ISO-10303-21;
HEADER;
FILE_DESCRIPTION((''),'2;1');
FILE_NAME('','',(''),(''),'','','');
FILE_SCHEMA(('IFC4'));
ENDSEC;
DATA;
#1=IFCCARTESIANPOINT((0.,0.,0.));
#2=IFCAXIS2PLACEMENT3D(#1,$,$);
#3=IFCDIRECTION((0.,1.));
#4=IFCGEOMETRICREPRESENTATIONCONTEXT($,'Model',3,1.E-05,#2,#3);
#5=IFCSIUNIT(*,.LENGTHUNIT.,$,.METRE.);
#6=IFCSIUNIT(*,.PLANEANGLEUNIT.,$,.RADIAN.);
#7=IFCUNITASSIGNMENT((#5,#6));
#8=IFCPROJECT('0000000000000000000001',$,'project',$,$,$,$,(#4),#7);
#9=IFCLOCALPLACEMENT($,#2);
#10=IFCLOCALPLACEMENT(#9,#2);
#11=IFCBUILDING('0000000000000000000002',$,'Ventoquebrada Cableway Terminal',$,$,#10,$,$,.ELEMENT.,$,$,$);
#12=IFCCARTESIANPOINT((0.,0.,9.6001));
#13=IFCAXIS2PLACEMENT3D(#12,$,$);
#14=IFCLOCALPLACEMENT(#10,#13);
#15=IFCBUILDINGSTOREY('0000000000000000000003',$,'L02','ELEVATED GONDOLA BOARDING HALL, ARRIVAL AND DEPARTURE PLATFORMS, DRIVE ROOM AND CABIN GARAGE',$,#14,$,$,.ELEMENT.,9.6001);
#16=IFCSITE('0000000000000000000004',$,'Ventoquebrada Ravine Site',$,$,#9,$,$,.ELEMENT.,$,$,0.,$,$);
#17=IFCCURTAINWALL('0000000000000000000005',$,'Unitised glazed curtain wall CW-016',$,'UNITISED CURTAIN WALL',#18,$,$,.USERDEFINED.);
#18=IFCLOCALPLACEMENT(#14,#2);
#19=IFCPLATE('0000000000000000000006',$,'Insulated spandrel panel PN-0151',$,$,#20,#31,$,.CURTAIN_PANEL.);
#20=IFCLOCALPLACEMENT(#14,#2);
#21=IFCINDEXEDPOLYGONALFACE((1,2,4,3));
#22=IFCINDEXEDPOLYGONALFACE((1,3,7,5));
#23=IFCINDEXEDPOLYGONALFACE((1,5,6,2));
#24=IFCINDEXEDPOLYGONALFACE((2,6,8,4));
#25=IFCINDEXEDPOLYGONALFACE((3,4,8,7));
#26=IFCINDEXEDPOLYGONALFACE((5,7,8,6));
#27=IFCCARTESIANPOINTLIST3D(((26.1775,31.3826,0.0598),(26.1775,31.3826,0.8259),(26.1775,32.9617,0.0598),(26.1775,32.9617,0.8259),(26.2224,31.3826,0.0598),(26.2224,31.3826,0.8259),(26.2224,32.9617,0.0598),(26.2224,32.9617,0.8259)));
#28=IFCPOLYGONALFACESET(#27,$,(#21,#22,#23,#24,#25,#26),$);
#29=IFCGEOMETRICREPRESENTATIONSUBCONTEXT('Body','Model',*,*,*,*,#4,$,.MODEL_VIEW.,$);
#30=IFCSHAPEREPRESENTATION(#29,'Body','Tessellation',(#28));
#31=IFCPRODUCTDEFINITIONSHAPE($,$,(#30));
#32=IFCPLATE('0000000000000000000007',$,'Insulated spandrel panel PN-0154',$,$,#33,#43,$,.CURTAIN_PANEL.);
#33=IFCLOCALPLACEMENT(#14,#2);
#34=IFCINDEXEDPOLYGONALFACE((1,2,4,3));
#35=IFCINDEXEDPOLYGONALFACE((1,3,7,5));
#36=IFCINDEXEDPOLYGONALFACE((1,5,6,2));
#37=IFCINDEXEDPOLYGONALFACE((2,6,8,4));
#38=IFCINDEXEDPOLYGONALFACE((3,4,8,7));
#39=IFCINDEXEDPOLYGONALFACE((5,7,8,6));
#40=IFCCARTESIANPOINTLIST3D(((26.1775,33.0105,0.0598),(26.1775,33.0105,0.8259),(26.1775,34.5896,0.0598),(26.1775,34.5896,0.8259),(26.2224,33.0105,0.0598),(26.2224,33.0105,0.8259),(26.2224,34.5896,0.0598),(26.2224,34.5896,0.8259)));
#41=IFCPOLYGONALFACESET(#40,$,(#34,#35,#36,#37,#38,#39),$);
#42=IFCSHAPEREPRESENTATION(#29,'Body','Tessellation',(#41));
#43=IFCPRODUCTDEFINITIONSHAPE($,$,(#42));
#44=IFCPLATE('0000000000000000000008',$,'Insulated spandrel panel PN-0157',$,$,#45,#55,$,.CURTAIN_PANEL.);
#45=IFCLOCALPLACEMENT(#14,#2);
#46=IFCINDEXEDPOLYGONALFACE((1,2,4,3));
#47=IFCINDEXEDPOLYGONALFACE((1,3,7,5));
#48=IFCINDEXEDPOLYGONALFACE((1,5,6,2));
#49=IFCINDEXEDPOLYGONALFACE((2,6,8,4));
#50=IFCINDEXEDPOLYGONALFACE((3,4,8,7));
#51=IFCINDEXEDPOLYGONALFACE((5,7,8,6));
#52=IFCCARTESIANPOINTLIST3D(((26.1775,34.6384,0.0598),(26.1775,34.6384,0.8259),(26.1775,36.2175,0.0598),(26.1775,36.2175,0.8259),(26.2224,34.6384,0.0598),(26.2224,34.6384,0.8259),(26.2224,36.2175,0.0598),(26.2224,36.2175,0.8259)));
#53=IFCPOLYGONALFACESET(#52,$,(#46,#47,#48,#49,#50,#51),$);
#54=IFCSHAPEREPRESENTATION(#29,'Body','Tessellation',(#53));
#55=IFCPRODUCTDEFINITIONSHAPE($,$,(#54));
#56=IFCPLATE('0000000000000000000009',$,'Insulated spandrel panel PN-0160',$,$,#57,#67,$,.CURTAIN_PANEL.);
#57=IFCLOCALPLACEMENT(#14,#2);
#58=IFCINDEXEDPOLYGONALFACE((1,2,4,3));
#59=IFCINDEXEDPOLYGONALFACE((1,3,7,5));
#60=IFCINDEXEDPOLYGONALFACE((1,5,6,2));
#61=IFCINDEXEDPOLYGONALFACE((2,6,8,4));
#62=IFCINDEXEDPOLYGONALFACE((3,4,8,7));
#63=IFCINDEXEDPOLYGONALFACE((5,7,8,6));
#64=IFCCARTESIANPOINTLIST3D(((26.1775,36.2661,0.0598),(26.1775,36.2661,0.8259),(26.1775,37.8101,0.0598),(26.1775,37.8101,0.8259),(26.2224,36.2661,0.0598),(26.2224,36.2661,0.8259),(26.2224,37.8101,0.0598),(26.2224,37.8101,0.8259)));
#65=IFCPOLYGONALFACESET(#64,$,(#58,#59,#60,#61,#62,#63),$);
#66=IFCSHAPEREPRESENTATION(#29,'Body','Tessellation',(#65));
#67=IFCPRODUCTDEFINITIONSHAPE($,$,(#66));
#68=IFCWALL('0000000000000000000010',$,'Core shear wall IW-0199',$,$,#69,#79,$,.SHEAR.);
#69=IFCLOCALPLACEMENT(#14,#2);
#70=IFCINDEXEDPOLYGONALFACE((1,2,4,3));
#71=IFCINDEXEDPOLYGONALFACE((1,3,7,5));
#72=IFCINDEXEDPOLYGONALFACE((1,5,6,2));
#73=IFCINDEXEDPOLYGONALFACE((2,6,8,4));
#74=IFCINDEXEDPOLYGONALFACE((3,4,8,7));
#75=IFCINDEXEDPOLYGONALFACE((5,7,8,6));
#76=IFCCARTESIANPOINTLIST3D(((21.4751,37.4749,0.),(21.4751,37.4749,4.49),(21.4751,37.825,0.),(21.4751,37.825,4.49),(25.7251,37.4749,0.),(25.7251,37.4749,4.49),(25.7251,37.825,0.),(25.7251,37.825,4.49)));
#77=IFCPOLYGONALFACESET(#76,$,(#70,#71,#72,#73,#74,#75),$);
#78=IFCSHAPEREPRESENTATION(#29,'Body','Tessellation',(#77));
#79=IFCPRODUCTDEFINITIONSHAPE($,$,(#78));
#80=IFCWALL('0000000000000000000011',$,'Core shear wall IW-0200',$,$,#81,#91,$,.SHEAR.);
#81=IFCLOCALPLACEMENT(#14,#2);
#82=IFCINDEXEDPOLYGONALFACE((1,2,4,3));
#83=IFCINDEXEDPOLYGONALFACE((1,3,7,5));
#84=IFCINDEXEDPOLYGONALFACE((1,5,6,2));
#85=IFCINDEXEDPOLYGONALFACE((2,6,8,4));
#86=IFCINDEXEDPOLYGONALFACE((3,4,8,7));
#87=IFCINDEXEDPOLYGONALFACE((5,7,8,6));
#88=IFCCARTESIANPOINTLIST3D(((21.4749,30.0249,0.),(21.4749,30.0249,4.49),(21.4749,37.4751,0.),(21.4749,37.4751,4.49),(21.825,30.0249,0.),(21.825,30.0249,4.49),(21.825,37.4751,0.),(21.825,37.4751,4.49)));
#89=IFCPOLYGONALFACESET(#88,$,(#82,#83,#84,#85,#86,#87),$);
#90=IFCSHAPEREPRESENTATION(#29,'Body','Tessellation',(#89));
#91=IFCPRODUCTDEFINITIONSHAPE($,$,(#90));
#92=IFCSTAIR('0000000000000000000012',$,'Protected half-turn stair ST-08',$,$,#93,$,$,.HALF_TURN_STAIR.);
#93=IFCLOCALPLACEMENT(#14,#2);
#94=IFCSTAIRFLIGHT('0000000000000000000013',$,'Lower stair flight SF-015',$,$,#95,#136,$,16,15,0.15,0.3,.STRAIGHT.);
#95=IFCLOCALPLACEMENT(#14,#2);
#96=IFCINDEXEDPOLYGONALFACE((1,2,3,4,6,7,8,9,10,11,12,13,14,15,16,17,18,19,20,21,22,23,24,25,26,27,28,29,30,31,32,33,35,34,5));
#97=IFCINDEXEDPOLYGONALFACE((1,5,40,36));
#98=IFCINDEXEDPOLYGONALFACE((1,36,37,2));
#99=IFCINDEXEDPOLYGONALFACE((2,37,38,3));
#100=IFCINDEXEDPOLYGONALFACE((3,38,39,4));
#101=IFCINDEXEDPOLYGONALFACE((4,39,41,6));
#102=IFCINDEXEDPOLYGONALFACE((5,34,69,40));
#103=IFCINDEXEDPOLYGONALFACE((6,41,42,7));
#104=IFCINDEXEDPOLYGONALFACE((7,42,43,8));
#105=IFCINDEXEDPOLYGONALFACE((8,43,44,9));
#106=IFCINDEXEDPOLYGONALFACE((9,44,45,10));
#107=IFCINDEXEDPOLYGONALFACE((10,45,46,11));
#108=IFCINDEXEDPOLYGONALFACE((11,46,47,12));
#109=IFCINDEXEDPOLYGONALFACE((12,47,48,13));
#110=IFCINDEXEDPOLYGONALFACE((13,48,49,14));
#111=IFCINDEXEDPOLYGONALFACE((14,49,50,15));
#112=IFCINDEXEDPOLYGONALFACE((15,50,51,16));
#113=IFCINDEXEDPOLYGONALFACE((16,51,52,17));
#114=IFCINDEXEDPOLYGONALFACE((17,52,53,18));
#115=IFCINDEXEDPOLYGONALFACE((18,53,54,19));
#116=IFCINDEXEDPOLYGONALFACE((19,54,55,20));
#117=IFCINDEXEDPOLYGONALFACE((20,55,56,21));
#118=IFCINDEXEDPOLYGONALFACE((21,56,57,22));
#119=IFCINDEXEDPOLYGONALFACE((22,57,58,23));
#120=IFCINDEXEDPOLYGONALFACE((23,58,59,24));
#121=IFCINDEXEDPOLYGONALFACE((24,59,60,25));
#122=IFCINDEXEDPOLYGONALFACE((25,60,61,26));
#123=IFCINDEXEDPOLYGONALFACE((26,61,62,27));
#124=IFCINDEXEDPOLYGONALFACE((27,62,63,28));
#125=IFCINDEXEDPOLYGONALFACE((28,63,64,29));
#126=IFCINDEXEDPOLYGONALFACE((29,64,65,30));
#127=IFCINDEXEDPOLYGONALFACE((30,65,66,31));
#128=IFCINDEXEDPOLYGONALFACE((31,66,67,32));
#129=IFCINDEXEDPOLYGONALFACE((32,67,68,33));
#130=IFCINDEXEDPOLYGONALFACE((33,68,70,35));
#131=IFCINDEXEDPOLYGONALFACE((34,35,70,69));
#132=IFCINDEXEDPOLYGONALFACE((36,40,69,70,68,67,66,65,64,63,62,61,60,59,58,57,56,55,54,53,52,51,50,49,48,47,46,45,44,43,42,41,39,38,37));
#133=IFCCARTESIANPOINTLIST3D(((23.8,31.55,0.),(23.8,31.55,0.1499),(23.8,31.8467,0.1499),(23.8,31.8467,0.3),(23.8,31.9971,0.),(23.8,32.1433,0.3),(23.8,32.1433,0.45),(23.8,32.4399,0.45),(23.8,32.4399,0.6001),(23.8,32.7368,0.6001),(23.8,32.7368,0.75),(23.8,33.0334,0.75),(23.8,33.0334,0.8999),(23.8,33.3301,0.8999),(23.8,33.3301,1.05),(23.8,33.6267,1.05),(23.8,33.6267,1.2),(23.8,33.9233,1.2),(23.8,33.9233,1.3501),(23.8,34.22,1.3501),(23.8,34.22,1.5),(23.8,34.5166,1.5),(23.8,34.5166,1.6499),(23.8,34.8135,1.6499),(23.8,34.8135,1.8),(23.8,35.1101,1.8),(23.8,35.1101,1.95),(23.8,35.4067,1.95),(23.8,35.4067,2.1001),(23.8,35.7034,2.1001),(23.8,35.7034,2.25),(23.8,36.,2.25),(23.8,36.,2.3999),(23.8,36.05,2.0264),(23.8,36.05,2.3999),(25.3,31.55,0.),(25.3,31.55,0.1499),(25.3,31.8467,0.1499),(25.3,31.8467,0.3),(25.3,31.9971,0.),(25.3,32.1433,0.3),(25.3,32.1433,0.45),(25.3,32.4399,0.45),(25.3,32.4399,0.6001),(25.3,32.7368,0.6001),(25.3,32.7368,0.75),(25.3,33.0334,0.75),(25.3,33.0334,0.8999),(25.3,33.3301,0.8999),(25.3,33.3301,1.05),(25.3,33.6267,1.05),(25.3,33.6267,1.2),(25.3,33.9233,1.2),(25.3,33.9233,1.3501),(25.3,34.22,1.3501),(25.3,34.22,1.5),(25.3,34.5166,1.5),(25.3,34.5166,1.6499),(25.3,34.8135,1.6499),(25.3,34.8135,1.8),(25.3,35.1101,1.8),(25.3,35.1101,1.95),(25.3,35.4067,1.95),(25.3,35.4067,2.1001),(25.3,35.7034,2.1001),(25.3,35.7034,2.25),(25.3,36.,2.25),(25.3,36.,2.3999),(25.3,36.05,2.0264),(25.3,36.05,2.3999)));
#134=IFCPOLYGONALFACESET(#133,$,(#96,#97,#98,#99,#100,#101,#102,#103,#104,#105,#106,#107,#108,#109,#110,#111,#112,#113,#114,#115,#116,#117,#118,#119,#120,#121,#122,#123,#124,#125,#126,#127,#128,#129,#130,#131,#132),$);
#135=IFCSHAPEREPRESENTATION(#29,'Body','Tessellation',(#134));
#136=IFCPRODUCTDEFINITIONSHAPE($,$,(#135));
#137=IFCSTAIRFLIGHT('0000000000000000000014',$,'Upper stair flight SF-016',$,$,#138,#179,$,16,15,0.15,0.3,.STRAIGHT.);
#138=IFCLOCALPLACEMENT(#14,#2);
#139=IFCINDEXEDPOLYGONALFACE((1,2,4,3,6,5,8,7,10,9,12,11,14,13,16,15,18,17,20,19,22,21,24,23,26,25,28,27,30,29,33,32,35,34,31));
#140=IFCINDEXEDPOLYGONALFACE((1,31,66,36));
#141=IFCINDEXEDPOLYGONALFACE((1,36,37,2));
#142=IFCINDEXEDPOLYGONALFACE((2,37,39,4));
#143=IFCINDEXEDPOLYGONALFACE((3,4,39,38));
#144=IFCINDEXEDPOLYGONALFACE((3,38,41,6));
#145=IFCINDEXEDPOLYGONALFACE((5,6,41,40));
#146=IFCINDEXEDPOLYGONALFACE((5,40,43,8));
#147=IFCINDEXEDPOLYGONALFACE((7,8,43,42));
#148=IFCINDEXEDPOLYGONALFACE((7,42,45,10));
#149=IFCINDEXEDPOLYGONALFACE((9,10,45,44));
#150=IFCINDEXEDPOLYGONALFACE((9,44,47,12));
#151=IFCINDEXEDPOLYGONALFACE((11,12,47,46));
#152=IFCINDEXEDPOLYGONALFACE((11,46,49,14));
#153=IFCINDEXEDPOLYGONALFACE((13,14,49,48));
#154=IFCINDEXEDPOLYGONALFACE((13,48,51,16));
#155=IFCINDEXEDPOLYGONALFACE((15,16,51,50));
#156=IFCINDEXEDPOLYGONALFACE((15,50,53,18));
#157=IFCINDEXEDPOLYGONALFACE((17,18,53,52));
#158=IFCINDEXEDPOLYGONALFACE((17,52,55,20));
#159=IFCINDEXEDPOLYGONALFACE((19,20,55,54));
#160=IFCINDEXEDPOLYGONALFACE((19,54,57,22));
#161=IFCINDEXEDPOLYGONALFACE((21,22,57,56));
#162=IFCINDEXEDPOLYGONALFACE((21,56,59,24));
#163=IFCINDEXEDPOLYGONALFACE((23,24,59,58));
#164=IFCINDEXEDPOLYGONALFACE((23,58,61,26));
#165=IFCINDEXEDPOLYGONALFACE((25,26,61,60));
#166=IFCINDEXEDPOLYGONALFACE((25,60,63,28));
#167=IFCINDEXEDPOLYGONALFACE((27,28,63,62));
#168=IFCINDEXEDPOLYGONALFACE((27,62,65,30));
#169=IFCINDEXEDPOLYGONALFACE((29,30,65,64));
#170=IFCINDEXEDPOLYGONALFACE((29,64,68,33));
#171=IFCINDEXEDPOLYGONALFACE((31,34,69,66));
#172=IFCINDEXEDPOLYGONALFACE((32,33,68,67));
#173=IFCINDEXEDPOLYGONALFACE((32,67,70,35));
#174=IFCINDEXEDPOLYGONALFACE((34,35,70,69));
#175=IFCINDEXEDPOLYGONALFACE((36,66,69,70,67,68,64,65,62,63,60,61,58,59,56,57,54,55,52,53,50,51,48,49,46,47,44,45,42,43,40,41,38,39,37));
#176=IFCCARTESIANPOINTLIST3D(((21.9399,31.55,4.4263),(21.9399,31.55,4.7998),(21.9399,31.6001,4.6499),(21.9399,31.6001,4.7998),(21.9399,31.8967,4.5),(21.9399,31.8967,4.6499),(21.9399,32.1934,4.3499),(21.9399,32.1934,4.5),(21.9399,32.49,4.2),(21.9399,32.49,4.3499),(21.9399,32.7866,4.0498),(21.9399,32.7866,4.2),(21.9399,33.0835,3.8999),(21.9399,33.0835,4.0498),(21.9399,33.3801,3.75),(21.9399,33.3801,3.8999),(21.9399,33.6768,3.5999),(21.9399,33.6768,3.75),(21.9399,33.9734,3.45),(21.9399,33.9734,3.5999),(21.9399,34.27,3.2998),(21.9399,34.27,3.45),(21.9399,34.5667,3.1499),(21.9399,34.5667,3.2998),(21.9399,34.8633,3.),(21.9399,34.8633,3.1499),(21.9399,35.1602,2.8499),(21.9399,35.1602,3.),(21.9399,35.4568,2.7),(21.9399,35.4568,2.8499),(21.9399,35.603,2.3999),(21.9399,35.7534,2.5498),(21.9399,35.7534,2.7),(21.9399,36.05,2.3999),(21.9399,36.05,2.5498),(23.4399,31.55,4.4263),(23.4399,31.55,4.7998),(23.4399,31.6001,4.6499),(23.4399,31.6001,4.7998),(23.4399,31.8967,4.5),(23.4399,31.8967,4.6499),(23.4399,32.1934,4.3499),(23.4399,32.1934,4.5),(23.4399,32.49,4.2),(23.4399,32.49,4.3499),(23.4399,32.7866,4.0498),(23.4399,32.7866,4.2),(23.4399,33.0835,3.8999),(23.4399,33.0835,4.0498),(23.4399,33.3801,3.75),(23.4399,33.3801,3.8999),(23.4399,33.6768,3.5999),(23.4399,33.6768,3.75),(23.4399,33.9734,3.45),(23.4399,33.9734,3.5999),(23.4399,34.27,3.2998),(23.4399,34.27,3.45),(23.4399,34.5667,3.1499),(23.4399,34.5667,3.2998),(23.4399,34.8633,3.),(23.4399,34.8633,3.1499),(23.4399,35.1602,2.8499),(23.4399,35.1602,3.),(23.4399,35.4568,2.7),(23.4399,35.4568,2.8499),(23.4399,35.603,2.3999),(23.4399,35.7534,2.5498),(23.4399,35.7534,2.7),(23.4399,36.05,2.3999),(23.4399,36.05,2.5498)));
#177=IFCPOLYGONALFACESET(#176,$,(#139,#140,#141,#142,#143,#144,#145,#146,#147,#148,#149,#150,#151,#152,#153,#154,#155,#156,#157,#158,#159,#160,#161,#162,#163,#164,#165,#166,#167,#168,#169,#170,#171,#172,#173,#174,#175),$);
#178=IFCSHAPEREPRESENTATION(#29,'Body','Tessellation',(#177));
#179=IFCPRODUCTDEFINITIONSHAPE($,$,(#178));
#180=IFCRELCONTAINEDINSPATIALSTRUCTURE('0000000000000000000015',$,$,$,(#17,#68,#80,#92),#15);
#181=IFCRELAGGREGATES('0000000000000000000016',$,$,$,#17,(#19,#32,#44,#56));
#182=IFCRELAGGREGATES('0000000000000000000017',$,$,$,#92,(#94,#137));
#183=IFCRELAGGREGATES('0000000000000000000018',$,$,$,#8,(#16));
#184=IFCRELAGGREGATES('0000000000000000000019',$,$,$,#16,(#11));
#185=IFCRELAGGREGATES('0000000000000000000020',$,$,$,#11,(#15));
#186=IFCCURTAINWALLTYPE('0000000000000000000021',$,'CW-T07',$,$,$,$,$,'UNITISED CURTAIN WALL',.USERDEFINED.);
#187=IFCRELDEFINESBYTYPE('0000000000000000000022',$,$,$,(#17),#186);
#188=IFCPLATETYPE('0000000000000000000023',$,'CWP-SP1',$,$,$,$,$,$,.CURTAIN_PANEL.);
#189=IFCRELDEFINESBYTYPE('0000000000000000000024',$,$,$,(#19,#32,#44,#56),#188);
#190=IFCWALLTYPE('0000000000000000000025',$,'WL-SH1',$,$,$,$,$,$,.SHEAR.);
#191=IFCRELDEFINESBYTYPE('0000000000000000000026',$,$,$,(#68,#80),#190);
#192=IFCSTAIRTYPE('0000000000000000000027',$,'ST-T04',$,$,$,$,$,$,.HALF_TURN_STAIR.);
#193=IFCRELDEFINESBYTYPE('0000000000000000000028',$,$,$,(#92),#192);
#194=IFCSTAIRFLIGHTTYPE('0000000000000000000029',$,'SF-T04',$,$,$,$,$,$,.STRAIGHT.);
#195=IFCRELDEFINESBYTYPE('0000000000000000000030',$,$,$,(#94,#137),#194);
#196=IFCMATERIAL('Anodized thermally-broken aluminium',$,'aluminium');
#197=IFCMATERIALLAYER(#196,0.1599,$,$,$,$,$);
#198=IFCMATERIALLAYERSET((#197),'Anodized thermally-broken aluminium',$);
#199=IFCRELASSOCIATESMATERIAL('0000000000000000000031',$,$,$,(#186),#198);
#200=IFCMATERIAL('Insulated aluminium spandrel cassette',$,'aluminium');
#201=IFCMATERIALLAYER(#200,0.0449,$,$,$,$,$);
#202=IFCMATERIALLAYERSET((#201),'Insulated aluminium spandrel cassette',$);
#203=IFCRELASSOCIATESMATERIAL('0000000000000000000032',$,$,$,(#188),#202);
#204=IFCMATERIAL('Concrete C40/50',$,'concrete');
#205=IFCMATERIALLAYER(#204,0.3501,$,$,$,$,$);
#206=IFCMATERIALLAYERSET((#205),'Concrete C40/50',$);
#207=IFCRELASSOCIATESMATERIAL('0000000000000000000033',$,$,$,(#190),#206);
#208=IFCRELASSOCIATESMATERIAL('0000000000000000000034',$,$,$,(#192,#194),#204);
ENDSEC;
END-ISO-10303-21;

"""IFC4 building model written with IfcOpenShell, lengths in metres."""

from ifc_helpers import new_model, si_unit, direction, frame, frame_2d, origin, origin_2d, place, context, subcontext, project, spatial, polyline, rectangle, outline, extrude, material, layer, layer_set, type_object, element, aggregate, save


model = new_model("IFC4")

# Units and contexts
model_context = context("Model", 3, precision=1e-05, world=origin(), true_north=direction((0.0, 1.0)))
body_context = subcontext(model_context, "Body", "Model", "MODEL_VIEW")
ifc_project = project(units=[si_unit("LENGTHUNIT", "METRE"), si_unit("PLANEANGLEUNIT", "RADIAN")], contexts=[model_context])

# Site, building, storey
site_placement = place(None, origin())
site = spatial("IfcSite", under=ifc_project, at=site_placement, Name="Ventoquebrada Ravine Site", CompositionType="ELEMENT", RefElevation=0.0)
building_placement = place(site_placement, origin())
building = spatial("IfcBuilding", under=site, at=building_placement, Name="Ventoquebrada Cableway Terminal", CompositionType="ELEMENT")
storey_placement = place(building_placement, frame((0.0, 0.0, 9.6001)))
storey = spatial("IfcBuildingStorey", under=building, at=storey_placement, Name="L02", Description="ELEVATED GONDOLA BOARDING HALL, ARRIVAL AND DEPARTURE PLATFORMS, DRIVE ROOM AND CABIN GARAGE", CompositionType="ELEMENT", Elevation=9.6001)

# Curtain wall, plates
ifc_material_1 = material(Name="Anodized thermally-broken aluminium", Category="aluminium")
ifc_layer_1 = layer(ifc_material_1, 0.1599)
ifc_layer_set_1 = layer_set([ifc_layer_1], Name="Anodized thermally-broken aluminium")
curtain_wall_type = type_object("IfcCurtainWallType", Name="CW-T07", ElementType="UNITISED CURTAIN WALL", PredefinedType="USERDEFINED", material=ifc_layer_set_1)
curtain_wall_placement = place(storey_placement, origin())
curtain_wall = element("IfcCurtainWall", 1, at=curtain_wall_placement, inside=storey, type_object=curtain_wall_type, Name="Unitised glazed curtain wall CW-016", ObjectType="UNITISED CURTAIN WALL", PredefinedType="USERDEFINED")
ifc_material_2 = material(Name="Insulated aluminium spandrel cassette", Category="aluminium")
ifc_layer_2 = layer(ifc_material_2, 0.0449)
ifc_layer_set_2 = layer_set([ifc_layer_2], Name="Insulated aluminium spandrel cassette")
plate_type_1 = type_object("IfcPlateType", Name="CWP-SP1", PredefinedType="CURTAIN_PANEL", material=ifc_layer_set_2)
plate_1_placement = place(storey_placement, frame((26.2, 32.1721, 0.0598), z_axis=(0.0, 0.0, 1.0), x_axis=(0.0, 1.0, 0.0)))
plate_1 = element("IfcPlate", 2, at=plate_1_placement, type_object=plate_type_1, Name="Insulated spandrel panel PN-0151", PredefinedType="CURTAIN_PANEL", context=body_context, shape_type="SweptSolid", body=[
    extrude(rectangle(XDim=1.5791, YDim=0.0449, at=origin_2d()), origin(), (0.0, 0.0, 1.0), 0.7661),
])
plate_2_placement = place(storey_placement, frame((26.2, 33.8, 0.0598), z_axis=(0.0, 0.0, 1.0), x_axis=(0.0, 1.0, 0.0)))
plate_2 = element("IfcPlate", 3, at=plate_2_placement, type_object=plate_type_1, Name="Insulated spandrel panel PN-0154", PredefinedType="CURTAIN_PANEL", context=body_context, shape_type="SweptSolid", body=[
    extrude(rectangle(XDim=1.5791, YDim=0.0449, at=origin_2d()), origin(), (0.0, 0.0, 1.0), 0.7661),
])
plate_3_placement = place(storey_placement, frame((26.2, 35.428, 0.0598), z_axis=(0.0, 0.0, 1.0), x_axis=(0.0, 1.0, 0.0)))
plate_3 = element("IfcPlate", 4, at=plate_3_placement, type_object=plate_type_1, Name="Insulated spandrel panel PN-0157", PredefinedType="CURTAIN_PANEL", context=body_context, shape_type="SweptSolid", body=[
    extrude(rectangle(XDim=1.5791, YDim=0.0449, at=origin_2d()), origin(), (0.0, 0.0, 1.0), 0.7661),
])
plate_4_placement = place(storey_placement, frame((26.2, 37.0381, 0.0598), z_axis=(0.0, 0.0, 1.0), x_axis=(0.0, 1.0, 0.0)))
plate_4 = element("IfcPlate", 5, at=plate_4_placement, type_object=plate_type_1, Name="Insulated spandrel panel PN-0160", PredefinedType="CURTAIN_PANEL", context=body_context, shape_type="SweptSolid", body=[
    extrude(rectangle(XDim=1.5439, YDim=0.0449, at=origin_2d()), origin(), (0.0, 0.0, 1.0), 0.7661),
])
aggregate(curtain_wall, [plate_1, plate_2, plate_3, plate_4])

# Walls
ifc_material_3 = material(Name="Concrete C40/50", Category="concrete")
ifc_layer_3 = layer(ifc_material_3, 0.3501)
ifc_layer_set_3 = layer_set([ifc_layer_3], Name="Concrete C40/50")
wall_type = type_object("IfcWallType", Name="WL-SH1", PredefinedType="SHEAR", material=ifc_layer_set_3)
wall_1_placement = place(storey_placement, frame((25.7251, 37.6499, 0.0), z_axis=(0.0, 0.0, 1.0), x_axis=(-1.0, 0.0, 0.0)))
element("IfcWall", 6, at=wall_1_placement, inside=storey, type_object=wall_type, Name="Core shear wall IW-0199", PredefinedType="SHEAR", context=body_context, shape_type="SweptSolid", body=[
    extrude(rectangle(XDim=4.25, YDim=0.3501, at=frame_2d((2.125, 0.0))), origin(), (0.0, 0.0, 1.0), 4.49),
])
wall_2_placement = place(storey_placement, frame((21.6499, 37.4751, 0.0), z_axis=(0.0, 0.0, 1.0), x_axis=(0.0, -1.0, 0.0)))
element("IfcWall", 7, at=wall_2_placement, inside=storey, type_object=wall_type, Name="Core shear wall IW-0200", PredefinedType="SHEAR", context=body_context, shape_type="SweptSolid", body=[
    extrude(rectangle(XDim=7.4502, YDim=0.3501, at=frame_2d((3.7251, 0.0))), origin(), (0.0, 0.0, 1.0), 4.49),
])

# Stair, stair flights
stair_type = type_object("IfcStairType", Name="ST-T04", PredefinedType="HALF_TURN_STAIR", material=ifc_material_3)
stair_placement = place(storey_placement, origin())
stair = element("IfcStair", 8, at=stair_placement, inside=storey, type_object=stair_type, Name="Protected half-turn stair ST-08", PredefinedType="HALF_TURN_STAIR")
stair_flight_type = type_object("IfcStairFlightType", Name="SF-T04", PredefinedType="STRAIGHT", material=ifc_material_3)
stair_flight_1_placement = place(storey_placement, frame((24.55, 31.55, 0.0), z_axis=(0.0, 0.0, 1.0), x_axis=(0.0, 1.0, 0.0)))
stair_flight_1 = element("IfcStairFlight", 9, at=stair_flight_1_placement, type_object=stair_flight_type, Name="Lower stair flight SF-015", NumberOfRisers=16, NumberOfTreads=15, PredefinedType="STRAIGHT", RiserHeight=0.15, TreadLength=0.3, context=body_context, shape_type="SweptSolid", body=[
    extrude(outline(polyline([(0.0, 0.0), (0.0, 0.1499), (0.2966, 0.1499), (0.2966, 0.3), (0.5933, 0.3), (0.5933, 0.45), (0.8899, 0.45), (0.8899, 0.6001), (1.1868, 0.6001), (1.1868, 0.75), (1.4834, 0.75), (1.4834, 0.8999), (1.78, 0.8999), (1.78, 1.05), (2.0767, 1.05), (2.0767, 1.2), (2.3733, 1.2), (2.3733, 1.3501), (2.6699, 1.3501), (2.6699, 1.5), (2.9666, 1.5), (2.9666, 1.6499), (3.2634, 1.6499), (3.2634, 1.8), (3.5601, 1.8), (3.5601, 1.95), (3.8567, 1.95), (3.8567, 2.1001), (4.1533, 2.1001), (4.1533, 2.25), (4.45, 2.25), (4.45, 2.3999), (4.5, 2.3999), (4.5, 2.0264), (0.447, 0.0), (0.0, 0.0)])), frame((0.0, 0.75, 0.0), z_axis=(0.0, -1.0, 0.0), x_axis=(1.0, 0.0, 0.0)), (0.0, 0.0, 1.0), 1.5),
])
stair_flight_2_placement = place(storey_placement, frame((22.6899, 36.05, 2.3999), z_axis=(0.0, 0.0, 1.0), x_axis=(0.0, -1.0, 0.0)))
stair_flight_2 = element("IfcStairFlight", 10, at=stair_flight_2_placement, type_object=stair_flight_type, Name="Upper stair flight SF-016", NumberOfRisers=16, NumberOfTreads=15, PredefinedType="STRAIGHT", RiserHeight=0.15, TreadLength=0.3, context=body_context, shape_type="SweptSolid", body=[
    extrude(outline(polyline([(0.0, 0.0), (0.0, 0.1499), (0.2966, 0.1499), (0.2966, 0.3), (0.5933, 0.3), (0.5933, 0.45), (0.8899, 0.45), (0.8899, 0.6001), (1.1868, 0.6001), (1.1868, 0.75), (1.4834, 0.75), (1.4834, 0.8999), (1.78, 0.8999), (1.78, 1.05), (2.0767, 1.05), (2.0767, 1.2), (2.3733, 1.2), (2.3733, 1.3501), (2.6699, 1.3501), (2.6699, 1.5), (2.9666, 1.5), (2.9666, 1.6499), (3.2634, 1.6499), (3.2634, 1.8), (3.5601, 1.8), (3.5601, 1.95), (3.8567, 1.95), (3.8567, 2.1001), (4.1533, 2.1001), (4.1533, 2.25), (4.45, 2.25), (4.45, 2.3999), (4.5, 2.3999), (4.5, 2.0264), (0.447, 0.0), (0.0, 0.0)])), frame((0.0, 0.75, 0.0), z_axis=(0.0, -1.0, 0.0), x_axis=(1.0, 0.0, 0.0)), (0.0, 0.0, 1.0), 1.5),
])
aggregate(stair, [stair_flight_1, stair_flight_2])

save(model, "model.ifc")
